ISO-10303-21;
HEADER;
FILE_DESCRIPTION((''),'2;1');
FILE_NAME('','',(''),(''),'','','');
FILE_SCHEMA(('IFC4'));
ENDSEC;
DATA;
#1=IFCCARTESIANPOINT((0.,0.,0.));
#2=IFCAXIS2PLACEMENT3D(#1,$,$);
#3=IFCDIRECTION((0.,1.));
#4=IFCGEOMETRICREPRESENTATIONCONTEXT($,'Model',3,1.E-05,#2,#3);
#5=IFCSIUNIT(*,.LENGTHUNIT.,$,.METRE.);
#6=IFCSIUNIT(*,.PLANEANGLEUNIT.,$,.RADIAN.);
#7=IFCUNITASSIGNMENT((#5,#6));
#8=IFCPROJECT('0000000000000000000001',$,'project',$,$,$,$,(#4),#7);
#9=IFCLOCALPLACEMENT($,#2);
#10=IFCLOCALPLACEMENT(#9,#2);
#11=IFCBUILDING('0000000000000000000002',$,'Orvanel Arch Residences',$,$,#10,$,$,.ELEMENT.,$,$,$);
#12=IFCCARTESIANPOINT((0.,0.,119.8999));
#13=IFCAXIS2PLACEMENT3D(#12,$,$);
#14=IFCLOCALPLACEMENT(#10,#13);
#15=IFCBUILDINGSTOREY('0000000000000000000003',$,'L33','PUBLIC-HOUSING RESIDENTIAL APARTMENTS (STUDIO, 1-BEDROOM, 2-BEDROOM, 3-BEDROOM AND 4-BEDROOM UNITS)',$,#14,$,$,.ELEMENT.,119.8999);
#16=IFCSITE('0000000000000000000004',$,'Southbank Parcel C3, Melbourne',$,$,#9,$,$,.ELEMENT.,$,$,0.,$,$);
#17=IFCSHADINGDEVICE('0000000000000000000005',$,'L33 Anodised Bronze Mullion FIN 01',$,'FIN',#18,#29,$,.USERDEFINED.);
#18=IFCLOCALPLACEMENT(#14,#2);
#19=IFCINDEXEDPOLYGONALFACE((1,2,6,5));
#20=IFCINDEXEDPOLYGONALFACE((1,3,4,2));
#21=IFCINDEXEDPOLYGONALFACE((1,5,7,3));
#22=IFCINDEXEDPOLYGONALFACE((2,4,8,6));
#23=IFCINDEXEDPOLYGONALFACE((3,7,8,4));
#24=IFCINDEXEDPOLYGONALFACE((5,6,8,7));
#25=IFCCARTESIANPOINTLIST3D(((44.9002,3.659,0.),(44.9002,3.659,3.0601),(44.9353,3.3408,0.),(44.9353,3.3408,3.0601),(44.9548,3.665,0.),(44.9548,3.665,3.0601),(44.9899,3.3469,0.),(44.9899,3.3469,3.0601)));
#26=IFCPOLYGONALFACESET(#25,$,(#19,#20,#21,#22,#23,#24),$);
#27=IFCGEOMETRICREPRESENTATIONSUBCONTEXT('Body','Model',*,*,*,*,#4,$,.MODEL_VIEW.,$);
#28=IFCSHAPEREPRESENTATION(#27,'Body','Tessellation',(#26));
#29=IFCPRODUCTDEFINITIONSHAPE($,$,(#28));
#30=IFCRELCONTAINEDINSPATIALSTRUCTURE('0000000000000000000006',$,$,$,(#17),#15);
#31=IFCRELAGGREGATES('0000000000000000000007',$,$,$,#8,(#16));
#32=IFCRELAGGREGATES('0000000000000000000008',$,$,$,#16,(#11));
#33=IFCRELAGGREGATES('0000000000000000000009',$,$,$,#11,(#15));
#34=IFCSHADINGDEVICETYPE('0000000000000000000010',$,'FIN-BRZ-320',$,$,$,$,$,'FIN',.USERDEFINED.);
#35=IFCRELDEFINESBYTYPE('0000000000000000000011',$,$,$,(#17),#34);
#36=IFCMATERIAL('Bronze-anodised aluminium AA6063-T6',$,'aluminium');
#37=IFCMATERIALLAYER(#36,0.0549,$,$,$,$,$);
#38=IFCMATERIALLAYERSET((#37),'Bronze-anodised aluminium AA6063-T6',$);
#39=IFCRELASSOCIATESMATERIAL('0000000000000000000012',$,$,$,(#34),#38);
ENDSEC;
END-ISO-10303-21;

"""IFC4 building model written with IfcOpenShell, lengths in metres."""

from ifc_helpers import new_model, si_unit, direction, frame, origin, origin_2d, place, context, subcontext, project, spatial, rectangle, extrude, material, layer, layer_set, type_object, element, save


model = new_model("IFC4")

# Units and contexts
model_context = context("Model", 3, precision=1e-05, world=origin(), true_north=direction((0.0, 1.0)))
body_context = subcontext(model_context, "Body", "Model", "MODEL_VIEW")
ifc_project = project(units=[si_unit("LENGTHUNIT", "METRE"), si_unit("PLANEANGLEUNIT", "RADIAN")], contexts=[model_context])

# Site, building, storey
site_placement = place(None, origin())
site = spatial("IfcSite", under=ifc_project, at=site_placement, Name="Southbank Parcel C3, Melbourne", CompositionType="ELEMENT", RefElevation=0.0)
building_placement = place(site_placement, origin())
building = spatial("IfcBuilding", under=site, at=building_placement, Name="Orvanel Arch Residences", CompositionType="ELEMENT")
storey_placement = place(building_placement, frame((0.0, 0.0, 119.8999)))
storey = spatial("IfcBuildingStorey", under=building, at=storey_placement, Name="L33", Description="PUBLIC-HOUSING RESIDENTIAL APARTMENTS (STUDIO, 1-BEDROOM, 2-BEDROOM, 3-BEDROOM AND 4-BEDROOM UNITS)", CompositionType="ELEMENT", Elevation=119.8999)

# Shared definitions
ifc_material_1 = material(Name="Bronze-anodised aluminium AA6063-T6", Category="aluminium")

# Shading device
ifc_layer_1 = layer(ifc_material_1, 0.0549)
ifc_layer_set_1 = layer_set([ifc_layer_1], Name="Bronze-anodised aluminium AA6063-T6")
shading_device_type = type_object("IfcShadingDeviceType", Name="FIN-BRZ-320", ElementType="FIN", PredefinedType="USERDEFINED", material=ifc_layer_set_1)
shading_device_placement = place(storey_placement, frame((44.9451, 3.5029, 0.0), z_axis=(0.0, 0.0, 1.0), x_axis=(0.109734, -0.993961, 0.0)))
element("IfcShadingDevice", 1, at=shading_device_placement, inside=storey, type_object=shading_device_type, Name="L33 Anodised Bronze Mullion FIN 01", ObjectType="FIN", PredefinedType="USERDEFINED", context=body_context, shape_type="SweptSolid", body=[
    extrude(rectangle(XDim=0.3201, YDim=0.0549, at=origin_2d()), origin(), (0.0, 0.0, 1.0), 3.0601),
])

save(model, "model.ifc")
